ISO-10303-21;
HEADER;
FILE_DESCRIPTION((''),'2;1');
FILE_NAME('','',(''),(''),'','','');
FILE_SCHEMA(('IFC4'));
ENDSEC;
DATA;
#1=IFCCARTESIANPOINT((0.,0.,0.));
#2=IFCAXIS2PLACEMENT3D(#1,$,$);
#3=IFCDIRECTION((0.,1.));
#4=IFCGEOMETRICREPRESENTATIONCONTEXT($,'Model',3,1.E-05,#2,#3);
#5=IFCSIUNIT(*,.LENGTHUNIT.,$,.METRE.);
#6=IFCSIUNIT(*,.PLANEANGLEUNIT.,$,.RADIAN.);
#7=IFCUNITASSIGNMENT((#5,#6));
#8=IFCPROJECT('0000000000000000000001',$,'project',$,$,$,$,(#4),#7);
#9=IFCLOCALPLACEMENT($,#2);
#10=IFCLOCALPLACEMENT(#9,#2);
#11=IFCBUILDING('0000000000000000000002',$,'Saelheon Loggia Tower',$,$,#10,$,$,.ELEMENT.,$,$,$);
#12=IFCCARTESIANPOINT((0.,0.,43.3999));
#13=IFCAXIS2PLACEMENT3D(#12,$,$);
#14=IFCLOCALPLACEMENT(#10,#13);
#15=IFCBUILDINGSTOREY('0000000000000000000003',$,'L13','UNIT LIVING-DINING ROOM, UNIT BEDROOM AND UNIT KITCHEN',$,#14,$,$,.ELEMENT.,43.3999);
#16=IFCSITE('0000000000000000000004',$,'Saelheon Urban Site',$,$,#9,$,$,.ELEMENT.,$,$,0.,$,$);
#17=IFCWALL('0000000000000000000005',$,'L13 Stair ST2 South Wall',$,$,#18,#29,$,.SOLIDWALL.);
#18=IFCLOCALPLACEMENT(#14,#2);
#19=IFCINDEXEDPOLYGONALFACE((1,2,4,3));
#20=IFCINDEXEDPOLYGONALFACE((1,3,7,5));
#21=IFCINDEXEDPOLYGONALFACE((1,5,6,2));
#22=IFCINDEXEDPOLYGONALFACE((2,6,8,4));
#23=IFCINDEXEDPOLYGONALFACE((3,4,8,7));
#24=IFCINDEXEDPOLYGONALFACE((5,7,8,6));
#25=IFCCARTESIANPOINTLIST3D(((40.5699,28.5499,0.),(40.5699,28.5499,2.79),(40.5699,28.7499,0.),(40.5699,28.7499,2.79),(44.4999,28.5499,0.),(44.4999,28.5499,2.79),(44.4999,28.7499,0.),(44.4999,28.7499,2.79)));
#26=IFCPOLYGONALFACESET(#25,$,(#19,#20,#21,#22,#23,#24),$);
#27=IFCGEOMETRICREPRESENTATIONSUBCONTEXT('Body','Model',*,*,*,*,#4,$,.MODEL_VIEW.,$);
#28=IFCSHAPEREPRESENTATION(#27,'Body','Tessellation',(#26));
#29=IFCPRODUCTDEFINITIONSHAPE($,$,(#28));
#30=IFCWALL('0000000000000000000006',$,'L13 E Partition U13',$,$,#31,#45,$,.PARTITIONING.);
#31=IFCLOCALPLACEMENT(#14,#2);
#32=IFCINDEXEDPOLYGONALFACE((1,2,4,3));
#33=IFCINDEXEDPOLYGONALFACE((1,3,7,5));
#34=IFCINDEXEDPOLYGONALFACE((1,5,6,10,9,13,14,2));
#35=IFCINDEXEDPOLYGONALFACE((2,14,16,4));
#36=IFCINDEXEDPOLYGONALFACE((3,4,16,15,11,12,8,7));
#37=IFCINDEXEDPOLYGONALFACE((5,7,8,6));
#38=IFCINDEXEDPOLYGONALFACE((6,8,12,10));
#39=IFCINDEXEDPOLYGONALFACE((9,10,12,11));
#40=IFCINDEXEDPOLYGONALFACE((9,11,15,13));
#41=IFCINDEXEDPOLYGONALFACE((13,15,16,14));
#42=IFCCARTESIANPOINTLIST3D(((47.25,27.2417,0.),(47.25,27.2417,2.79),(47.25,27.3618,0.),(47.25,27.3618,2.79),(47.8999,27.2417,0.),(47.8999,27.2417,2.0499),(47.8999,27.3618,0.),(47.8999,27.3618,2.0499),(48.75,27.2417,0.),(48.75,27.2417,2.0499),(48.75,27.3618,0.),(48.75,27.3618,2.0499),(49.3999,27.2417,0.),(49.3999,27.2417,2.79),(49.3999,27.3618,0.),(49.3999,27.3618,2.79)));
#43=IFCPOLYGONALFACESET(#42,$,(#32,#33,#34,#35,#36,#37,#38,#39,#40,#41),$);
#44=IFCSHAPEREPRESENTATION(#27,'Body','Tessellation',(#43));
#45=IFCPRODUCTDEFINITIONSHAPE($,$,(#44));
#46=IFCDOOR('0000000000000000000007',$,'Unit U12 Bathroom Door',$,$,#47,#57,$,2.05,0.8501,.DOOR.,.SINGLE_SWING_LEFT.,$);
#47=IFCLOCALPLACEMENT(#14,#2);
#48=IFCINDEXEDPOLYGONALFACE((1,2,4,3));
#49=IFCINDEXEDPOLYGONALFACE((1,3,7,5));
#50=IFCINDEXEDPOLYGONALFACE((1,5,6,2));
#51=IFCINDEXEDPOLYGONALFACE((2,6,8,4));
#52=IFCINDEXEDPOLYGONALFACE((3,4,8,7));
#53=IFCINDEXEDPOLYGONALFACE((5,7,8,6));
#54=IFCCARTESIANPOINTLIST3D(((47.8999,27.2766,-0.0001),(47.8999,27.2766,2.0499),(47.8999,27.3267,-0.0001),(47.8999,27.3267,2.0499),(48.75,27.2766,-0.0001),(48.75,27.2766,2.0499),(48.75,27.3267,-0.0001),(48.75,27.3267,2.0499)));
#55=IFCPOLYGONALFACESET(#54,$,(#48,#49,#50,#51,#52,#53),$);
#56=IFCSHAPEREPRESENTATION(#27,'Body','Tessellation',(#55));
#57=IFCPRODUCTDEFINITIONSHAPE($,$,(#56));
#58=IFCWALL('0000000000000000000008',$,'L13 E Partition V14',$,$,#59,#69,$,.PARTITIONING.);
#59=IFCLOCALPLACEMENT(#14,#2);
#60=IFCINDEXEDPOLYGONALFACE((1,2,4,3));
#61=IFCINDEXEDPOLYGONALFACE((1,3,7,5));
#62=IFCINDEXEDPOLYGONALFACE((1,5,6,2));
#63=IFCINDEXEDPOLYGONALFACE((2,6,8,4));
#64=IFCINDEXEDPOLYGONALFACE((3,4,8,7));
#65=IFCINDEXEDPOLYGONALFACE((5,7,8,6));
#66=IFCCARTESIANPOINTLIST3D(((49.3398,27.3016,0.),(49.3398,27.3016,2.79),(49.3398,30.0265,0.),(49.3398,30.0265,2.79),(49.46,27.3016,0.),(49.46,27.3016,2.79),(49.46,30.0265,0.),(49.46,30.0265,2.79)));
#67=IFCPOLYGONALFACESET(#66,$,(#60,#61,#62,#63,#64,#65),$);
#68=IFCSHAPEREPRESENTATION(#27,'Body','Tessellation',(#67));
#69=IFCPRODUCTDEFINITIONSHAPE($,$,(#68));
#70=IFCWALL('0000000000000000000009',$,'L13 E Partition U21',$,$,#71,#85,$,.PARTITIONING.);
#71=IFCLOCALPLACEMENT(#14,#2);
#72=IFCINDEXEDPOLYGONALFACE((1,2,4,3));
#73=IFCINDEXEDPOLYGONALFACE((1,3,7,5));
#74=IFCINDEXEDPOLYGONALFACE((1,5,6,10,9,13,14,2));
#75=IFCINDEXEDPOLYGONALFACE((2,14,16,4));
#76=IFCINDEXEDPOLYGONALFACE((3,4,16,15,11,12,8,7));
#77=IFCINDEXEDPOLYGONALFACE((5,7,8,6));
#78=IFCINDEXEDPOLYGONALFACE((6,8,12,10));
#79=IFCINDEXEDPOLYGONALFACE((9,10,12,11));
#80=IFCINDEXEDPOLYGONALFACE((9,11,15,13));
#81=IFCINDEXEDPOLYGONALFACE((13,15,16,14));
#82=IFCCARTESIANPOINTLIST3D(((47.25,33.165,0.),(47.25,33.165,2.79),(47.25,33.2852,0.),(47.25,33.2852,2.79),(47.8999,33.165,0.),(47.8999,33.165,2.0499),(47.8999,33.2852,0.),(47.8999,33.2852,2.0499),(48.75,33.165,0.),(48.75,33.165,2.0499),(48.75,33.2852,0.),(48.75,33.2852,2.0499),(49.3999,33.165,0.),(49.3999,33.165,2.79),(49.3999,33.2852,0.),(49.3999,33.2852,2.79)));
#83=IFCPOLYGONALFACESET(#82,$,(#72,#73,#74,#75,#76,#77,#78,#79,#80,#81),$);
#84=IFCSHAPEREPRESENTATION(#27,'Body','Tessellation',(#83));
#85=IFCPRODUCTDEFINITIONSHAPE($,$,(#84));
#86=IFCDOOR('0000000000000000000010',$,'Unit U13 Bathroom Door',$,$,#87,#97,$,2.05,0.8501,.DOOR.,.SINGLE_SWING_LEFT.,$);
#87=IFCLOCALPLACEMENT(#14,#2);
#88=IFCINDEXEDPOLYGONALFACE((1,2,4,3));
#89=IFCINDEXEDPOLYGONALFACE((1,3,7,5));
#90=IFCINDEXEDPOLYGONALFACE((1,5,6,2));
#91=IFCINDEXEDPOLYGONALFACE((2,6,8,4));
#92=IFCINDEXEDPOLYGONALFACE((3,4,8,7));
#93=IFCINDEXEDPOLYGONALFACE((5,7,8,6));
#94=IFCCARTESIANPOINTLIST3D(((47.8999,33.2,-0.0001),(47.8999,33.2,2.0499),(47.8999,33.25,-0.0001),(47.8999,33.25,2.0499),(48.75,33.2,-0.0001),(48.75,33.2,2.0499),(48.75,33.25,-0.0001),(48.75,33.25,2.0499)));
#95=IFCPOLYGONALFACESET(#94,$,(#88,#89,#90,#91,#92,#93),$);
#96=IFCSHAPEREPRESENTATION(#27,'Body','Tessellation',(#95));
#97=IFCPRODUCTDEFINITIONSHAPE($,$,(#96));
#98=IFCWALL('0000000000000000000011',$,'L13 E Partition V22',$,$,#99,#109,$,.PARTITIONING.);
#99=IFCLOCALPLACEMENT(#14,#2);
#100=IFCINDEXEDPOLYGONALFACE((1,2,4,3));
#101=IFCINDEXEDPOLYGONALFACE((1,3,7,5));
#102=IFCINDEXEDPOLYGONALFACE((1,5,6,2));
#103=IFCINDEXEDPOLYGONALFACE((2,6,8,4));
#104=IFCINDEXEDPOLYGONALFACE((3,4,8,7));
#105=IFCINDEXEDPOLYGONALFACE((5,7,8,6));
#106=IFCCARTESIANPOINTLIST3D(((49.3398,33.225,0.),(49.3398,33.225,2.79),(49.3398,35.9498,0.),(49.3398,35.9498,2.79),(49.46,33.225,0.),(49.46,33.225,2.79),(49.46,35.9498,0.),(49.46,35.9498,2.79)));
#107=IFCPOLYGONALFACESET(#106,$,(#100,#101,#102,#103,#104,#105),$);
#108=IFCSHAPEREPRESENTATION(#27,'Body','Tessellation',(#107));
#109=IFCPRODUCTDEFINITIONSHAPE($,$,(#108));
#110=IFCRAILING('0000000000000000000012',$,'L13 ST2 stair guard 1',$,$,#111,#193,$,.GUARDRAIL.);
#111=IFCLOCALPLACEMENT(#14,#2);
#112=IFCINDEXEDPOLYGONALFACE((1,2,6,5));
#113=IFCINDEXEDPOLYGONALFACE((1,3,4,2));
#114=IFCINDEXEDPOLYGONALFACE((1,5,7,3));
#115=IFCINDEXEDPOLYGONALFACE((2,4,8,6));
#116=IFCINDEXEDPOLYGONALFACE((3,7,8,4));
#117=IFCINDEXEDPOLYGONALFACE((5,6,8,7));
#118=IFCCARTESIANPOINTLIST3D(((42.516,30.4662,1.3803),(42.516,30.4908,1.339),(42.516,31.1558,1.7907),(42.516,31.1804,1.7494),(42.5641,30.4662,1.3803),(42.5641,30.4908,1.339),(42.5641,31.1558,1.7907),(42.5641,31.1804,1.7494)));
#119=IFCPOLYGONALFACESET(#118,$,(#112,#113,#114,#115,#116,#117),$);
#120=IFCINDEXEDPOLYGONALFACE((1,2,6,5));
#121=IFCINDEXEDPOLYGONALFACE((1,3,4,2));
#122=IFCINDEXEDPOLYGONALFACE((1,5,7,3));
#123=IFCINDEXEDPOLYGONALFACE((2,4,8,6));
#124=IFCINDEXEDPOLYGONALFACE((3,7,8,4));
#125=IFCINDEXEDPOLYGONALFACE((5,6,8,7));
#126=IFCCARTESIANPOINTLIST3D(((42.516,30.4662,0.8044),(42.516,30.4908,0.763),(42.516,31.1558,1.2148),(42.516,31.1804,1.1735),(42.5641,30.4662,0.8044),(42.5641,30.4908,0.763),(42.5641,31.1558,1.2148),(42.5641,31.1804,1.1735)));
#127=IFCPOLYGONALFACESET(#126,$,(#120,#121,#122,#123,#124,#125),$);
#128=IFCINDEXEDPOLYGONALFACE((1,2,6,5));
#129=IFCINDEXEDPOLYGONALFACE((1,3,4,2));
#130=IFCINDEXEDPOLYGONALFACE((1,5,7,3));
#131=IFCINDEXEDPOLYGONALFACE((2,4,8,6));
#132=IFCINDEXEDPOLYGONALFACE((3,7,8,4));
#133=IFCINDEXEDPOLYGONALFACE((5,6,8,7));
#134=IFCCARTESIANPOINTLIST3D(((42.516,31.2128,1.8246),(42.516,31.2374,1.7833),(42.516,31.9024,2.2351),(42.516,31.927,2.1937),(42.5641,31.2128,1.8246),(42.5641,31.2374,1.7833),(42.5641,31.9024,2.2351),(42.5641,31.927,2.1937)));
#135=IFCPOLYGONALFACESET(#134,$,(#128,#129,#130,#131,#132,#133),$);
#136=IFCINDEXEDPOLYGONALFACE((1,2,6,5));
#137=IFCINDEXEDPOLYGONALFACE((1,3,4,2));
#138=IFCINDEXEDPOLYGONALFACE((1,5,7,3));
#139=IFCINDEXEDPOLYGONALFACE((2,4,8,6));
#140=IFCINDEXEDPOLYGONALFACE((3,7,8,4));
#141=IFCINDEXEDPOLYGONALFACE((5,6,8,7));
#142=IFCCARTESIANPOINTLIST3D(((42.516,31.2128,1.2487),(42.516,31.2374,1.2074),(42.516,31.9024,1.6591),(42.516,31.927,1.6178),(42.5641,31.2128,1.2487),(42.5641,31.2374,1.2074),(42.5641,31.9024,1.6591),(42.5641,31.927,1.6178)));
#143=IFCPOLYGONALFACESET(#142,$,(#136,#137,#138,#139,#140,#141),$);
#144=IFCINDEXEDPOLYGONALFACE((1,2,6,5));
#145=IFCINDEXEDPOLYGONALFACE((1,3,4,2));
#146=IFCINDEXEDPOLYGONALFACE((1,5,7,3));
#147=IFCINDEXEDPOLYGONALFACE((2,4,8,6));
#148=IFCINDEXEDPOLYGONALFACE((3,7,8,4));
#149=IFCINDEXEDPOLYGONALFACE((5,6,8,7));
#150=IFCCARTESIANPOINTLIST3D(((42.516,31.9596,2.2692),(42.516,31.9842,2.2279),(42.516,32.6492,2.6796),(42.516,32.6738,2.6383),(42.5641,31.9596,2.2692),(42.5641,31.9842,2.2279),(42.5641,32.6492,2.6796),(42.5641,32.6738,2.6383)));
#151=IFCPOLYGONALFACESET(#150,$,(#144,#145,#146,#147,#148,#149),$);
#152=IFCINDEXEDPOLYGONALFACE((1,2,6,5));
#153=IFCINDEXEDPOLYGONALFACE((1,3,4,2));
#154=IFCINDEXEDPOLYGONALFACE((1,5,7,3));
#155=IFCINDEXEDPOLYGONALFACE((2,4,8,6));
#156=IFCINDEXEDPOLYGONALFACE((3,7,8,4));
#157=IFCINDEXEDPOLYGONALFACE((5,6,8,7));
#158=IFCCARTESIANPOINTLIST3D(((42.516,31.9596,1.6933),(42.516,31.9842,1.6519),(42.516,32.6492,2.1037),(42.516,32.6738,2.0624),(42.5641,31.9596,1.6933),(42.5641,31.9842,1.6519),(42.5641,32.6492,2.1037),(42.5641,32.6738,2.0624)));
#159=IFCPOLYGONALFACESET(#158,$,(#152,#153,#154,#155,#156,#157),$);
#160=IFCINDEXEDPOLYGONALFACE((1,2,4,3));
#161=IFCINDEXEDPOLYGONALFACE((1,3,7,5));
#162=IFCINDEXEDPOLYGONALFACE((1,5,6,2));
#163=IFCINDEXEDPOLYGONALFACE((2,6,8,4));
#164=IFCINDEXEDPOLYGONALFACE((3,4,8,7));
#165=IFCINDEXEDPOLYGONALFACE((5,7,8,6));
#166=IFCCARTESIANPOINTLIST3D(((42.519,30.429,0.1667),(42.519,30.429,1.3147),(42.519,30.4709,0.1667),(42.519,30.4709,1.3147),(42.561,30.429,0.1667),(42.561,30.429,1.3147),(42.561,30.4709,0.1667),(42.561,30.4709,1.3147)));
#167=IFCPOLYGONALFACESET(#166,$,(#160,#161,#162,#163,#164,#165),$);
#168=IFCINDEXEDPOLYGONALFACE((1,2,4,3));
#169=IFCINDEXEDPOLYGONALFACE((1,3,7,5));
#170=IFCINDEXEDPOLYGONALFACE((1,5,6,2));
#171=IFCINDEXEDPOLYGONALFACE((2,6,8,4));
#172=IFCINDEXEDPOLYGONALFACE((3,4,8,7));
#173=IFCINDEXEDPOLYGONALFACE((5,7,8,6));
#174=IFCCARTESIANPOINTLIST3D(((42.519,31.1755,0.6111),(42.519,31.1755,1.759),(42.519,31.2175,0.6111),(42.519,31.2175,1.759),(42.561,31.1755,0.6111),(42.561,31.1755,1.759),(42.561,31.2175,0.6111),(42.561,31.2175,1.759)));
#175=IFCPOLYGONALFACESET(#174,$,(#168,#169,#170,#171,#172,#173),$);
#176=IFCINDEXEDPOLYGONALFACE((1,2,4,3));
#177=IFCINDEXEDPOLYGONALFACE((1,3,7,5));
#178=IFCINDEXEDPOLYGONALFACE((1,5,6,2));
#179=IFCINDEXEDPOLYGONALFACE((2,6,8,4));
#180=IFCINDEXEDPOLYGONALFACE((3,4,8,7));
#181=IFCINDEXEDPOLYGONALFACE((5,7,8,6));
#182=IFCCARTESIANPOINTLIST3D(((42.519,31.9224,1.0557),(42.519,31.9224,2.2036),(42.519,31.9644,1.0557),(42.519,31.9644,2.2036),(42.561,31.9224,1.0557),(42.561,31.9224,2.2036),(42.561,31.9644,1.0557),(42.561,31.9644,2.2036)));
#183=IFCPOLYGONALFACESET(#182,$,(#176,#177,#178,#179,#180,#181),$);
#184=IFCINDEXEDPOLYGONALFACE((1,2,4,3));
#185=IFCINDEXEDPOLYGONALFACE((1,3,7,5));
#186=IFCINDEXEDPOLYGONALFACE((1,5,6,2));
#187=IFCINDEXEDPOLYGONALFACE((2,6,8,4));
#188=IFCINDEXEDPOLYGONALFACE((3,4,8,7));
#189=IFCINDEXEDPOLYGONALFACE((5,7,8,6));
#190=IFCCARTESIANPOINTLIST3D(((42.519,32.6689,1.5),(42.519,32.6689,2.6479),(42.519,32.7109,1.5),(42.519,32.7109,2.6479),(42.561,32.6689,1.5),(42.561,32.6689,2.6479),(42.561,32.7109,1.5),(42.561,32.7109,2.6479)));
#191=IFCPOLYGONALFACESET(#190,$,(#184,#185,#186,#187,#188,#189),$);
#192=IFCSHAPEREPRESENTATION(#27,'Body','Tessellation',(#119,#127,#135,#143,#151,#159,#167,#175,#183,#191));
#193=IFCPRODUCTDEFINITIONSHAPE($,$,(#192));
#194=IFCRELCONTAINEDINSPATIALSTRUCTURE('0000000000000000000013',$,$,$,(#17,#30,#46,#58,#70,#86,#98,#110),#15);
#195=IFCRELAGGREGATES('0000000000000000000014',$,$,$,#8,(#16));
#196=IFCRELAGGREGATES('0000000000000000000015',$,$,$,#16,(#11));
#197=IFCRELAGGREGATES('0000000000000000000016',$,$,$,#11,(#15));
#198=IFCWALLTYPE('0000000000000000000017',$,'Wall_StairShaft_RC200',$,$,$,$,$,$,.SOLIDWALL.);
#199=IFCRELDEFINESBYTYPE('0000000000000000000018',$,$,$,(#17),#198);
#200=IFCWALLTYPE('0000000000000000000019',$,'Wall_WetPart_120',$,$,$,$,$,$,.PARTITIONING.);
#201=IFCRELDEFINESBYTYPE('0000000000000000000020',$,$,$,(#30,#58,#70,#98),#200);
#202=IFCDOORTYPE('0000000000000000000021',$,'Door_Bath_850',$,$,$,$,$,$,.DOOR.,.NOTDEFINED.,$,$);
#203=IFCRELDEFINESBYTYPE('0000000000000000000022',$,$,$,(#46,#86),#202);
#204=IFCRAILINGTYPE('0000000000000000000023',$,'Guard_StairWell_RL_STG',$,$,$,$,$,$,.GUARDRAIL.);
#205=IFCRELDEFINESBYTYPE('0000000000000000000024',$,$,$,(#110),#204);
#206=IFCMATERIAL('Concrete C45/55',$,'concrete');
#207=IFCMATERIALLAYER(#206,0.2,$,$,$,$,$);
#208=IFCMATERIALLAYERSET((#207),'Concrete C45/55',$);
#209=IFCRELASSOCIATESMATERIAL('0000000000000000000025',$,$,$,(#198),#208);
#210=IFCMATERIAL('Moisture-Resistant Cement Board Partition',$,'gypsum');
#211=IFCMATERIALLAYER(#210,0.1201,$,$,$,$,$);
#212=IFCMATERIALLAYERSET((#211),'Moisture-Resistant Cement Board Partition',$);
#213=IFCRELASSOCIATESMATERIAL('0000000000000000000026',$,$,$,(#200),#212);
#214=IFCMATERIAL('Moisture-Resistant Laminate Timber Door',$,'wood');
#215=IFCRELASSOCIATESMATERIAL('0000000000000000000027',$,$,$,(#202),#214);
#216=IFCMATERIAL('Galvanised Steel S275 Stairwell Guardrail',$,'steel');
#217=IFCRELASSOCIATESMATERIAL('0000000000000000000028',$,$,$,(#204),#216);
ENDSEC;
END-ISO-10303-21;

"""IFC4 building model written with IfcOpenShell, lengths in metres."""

from ifc_helpers import new_model, si_unit, direction, frame, frame_2d, origin, origin_2d, place, context, subcontext, project, spatial, rectangle, extrude, source, transform, mapped, material, layer, layer_set, type_object, element, fill, save


model = new_model("IFC4")

# Units and contexts
model_context = context("Model", 3, precision=1e-05, world=origin(), true_north=direction((0.0, 1.0)))
body_context = subcontext(model_context, "Body", "Model", "MODEL_VIEW")
ifc_project = project(units=[si_unit("LENGTHUNIT", "METRE"), si_unit("PLANEANGLEUNIT", "RADIAN")], contexts=[model_context])

# Site, building, storey
site_placement = place(None, origin())
site = spatial("IfcSite", under=ifc_project, at=site_placement, Name="Saelheon Urban Site", CompositionType="ELEMENT", RefElevation=0.0)
building_placement = place(site_placement, origin())
building = spatial("IfcBuilding", under=site, at=building_placement, Name="Saelheon Loggia Tower", CompositionType="ELEMENT")
storey_placement = place(building_placement, frame((0.0, 0.0, 43.3999)))
storey = spatial("IfcBuildingStorey", under=building, at=storey_placement, Name="L13", Description="UNIT LIVING-DINING ROOM, UNIT BEDROOM AND UNIT KITCHEN", CompositionType="ELEMENT", Elevation=43.3999)

# Wall
ifc_material_1 = material(Name="Concrete C45/55", Category="concrete")
ifc_layer_1 = layer(ifc_material_1, 0.2)
ifc_layer_set_1 = layer_set([ifc_layer_1], Name="Concrete C45/55")
wall_type_1 = type_object("IfcWallType", Name="Wall_StairShaft_RC200", PredefinedType="SOLIDWALL", material=ifc_layer_set_1)
wall_1_placement = place(storey_placement, frame((40.5701, 28.6499, 0.0), z_axis=(0.0, 0.0, 1.0), x_axis=(1.0, 0.0, 0.0)))
element("IfcWall", 1, at=wall_1_placement, inside=storey, type_object=wall_type_1, Name="L13 Stair ST2 South Wall", PredefinedType="SOLIDWALL", context=body_context, shape_type="SweptSolid", body=[
    extrude(rectangle(XDim=3.9299, YDim=0.2, at=frame_2d((1.9648, 0.0))), origin(), (0.0, 0.0, 1.0), 2.79),
])

# Wall, opening, door
ifc_material_2 = material(Name="Moisture-Resistant Cement Board Partition", Category="gypsum")
ifc_layer_2 = layer(ifc_material_2, 0.1201)
ifc_layer_set_2 = layer_set([ifc_layer_2], Name="Moisture-Resistant Cement Board Partition")
wall_type_2 = type_object("IfcWallType", Name="Wall_WetPart_120", PredefinedType="PARTITIONING", material=ifc_layer_set_2)
wall_2_placement = place(storey_placement, frame((47.25, 27.3018, 0.0), z_axis=(0.0, 0.0, 1.0), x_axis=(1.0, 0.0, 0.0)))
wall_2 = element("IfcWall", 2, at=wall_2_placement, inside=storey, type_object=wall_type_2, Name="L13 E Partition U13", PredefinedType="PARTITIONING", context=body_context, shape_type="SweptSolid", body=[
    extrude(rectangle(XDim=2.1499, YDim=0.1201, at=frame_2d((1.075, 0.0))), origin(), (0.0, 0.0, 1.0), 2.79),
])
opening_1_placement = place(wall_2_placement, frame((0.6499, 0.0, 0.0)))
opening_1 = element("IfcOpeningElement", 3, at=opening_1_placement, cuts=wall_2, PredefinedType="OPENING", context=body_context, shape_type="SweptSolid", body=[
    extrude(rectangle(XDim=0.8501, YDim=2.05, at=frame_2d((0.425, 1.0249))), frame((0.0, 0.072, 0.0), z_axis=(0.0, -1.0, 0.0), x_axis=(1.0, 0.0, 0.0)), (0.0, 0.0, 1.0), 0.144),
])
ifc_material_3 = material(Name="Moisture-Resistant Laminate Timber Door", Category="wood")
door_type_1 = type_object("IfcDoorType", Name="Door_Bath_850", OperationType="NOTDEFINED", PredefinedType="DOOR", material=ifc_material_3)
shared_shape_1 = source(origin(), body_context, "Body", "SweptSolid", [
    extrude(rectangle(XDim=0.8501, YDim=2.05, at=frame_2d((0.425, 1.0249))), frame((0.0, 0.0249, 0.0), z_axis=(0.0, -1.0, 0.0), x_axis=(1.0, 0.0, 0.0)), (0.0, 0.0, 1.0), 0.05),
])
door_1_placement = place(opening_1_placement, origin())
door_1 = element("IfcDoor", 4, at=door_1_placement, inside=storey, type_object=door_type_1, Name="Unit U12 Bathroom Door", OperationType="SINGLE_SWING_LEFT", OverallHeight=2.05, OverallWidth=0.8501, PredefinedType="DOOR", context=body_context, shape_type="MappedRepresentation", body=[
    mapped(shared_shape_1, transform((0.0, 0.0, 0.0), scale=1.0)),
])
fill(opening_1, door_1)

# Wall
wall_3_placement = place(storey_placement, frame((49.3999, 27.3018, 0.0), z_axis=(0.0, 0.0, 1.0), x_axis=(0.0, 1.0, 0.0)))
element("IfcWall", 5, at=wall_3_placement, inside=storey, type_object=wall_type_2, Name="L13 E Partition V14", PredefinedType="PARTITIONING", context=body_context, shape_type="SweptSolid", body=[
    extrude(rectangle(XDim=2.7249, YDim=0.1201, at=frame_2d((1.3623, 0.0))), origin(), (0.0, 0.0, 1.0), 2.79),
])

# Wall, opening, door
wall_4_placement = place(storey_placement, frame((47.25, 33.2251, 0.0), z_axis=(0.0, 0.0, 1.0), x_axis=(1.0, 0.0, 0.0)))
wall_4 = element("IfcWall", 6, at=wall_4_placement, inside=storey, type_object=wall_type_2, Name="L13 E Partition U21", PredefinedType="PARTITIONING", context=body_context, shape_type="SweptSolid", body=[
    extrude(rectangle(XDim=2.1499, YDim=0.1201, at=frame_2d((1.075, 0.0))), origin(), (0.0, 0.0, 1.0), 2.79),
])
opening_2_placement = place(wall_4_placement, frame((0.6499, 0.0, 0.0)))
opening_2 = element("IfcOpeningElement", 7, at=opening_2_placement, cuts=wall_4, PredefinedType="OPENING", context=body_context, shape_type="SweptSolid", body=[
    extrude(rectangle(XDim=0.8501, YDim=2.05, at=frame_2d((0.425, 1.0249))), frame((0.0, 0.072, 0.0), z_axis=(0.0, -1.0, 0.0), x_axis=(1.0, 0.0, 0.0)), (0.0, 0.0, 1.0), 0.144),
])
door_2_placement = place(opening_2_placement, origin())
door_2 = element("IfcDoor", 8, at=door_2_placement, inside=storey, type_object=door_type_1, Name="Unit U13 Bathroom Door", OperationType="SINGLE_SWING_LEFT", OverallHeight=2.05, OverallWidth=0.8501, PredefinedType="DOOR", context=body_context, shape_type="MappedRepresentation", body=[
    mapped(shared_shape_1, transform((0.0, 0.0, 0.0), scale=1.0)),
])
fill(opening_2, door_2)

# Wall
wall_5_placement = place(storey_placement, frame((49.3999, 33.2251, 0.0), z_axis=(0.0, 0.0, 1.0), x_axis=(0.0, 1.0, 0.0)))
element("IfcWall", 9, at=wall_5_placement, inside=storey, type_object=wall_type_2, Name="L13 E Partition V22", PredefinedType="PARTITIONING", context=body_context, shape_type="SweptSolid", body=[
    extrude(rectangle(XDim=2.7249, YDim=0.1201, at=frame_2d((1.3623, 0.0))), origin(), (0.0, 0.0, 1.0), 2.79),
])

# Railing
ifc_material_4 = material(Name="Galvanised Steel S275 Stairwell Guardrail", Category="steel")
railing_type_1 = type_object("IfcRailingType", Name="Guard_StairWell_RL_STG", PredefinedType="GUARDRAIL", material=ifc_material_4)
railing_1_placement = place(storey_placement, frame((42.54, 30.45, 0.1667)))
element("IfcRailing", 10, at=railing_1_placement, inside=storey, type_object=railing_type_1, Name="L13 ST2 stair guard 1", PredefinedType="GUARDRAIL", context=body_context, shape_type="SweptSolid", body=[
    extrude(rectangle(XDim=0.0481, YDim=0.0481, at=origin_2d()), frame((0.0, 0.0286, 1.1929), z_axis=(0.0, 0.859306, 0.511462), x_axis=(-1.0, 0.0, 0.0)), (0.0, 0.0, 1.0), 0.8025),
    extrude(rectangle(XDim=0.0481, YDim=0.0481, at=origin_2d()), frame((0.0, 0.0286, 0.6169), z_axis=(0.0, 0.859306, 0.511462), x_axis=(-1.0, 0.0, 0.0)), (0.0, 0.0, 1.0), 0.8025),
    extrude(rectangle(XDim=0.0481, YDim=0.0481, at=origin_2d()), frame((0.0, 0.7751, 1.6372), z_axis=(0.0, 0.859306, 0.511462), x_axis=(-1.0, 0.0, 0.0)), (0.0, 0.0, 1.0), 0.8025),
    extrude(rectangle(XDim=0.0481, YDim=0.0481, at=origin_2d()), frame((0.0, 0.7751, 1.0613), z_axis=(0.0, 0.859306, 0.511462), x_axis=(-1.0, 0.0, 0.0)), (0.0, 0.0, 1.0), 0.8025),
    extrude(rectangle(XDim=0.0481, YDim=0.0481, at=origin_2d()), frame((0.0, 1.522, 2.0818), z_axis=(0.0, 0.859306, 0.511462), x_axis=(-1.0, 0.0, 0.0)), (0.0, 0.0, 1.0), 0.8025),
    extrude(rectangle(XDim=0.0481, YDim=0.0481, at=origin_2d()), frame((0.0, 1.522, 1.5059), z_axis=(0.0, 0.859306, 0.511462), x_axis=(-1.0, 0.0, 0.0)), (0.0, 0.0, 1.0), 0.8025),
    extrude(rectangle(XDim=0.042, YDim=0.042, at=origin_2d()), origin(), (0.0, 0.0, 1.0), 1.1479),
    extrude(rectangle(XDim=0.042, YDim=0.042, at=origin_2d()), frame((0.0, 0.7466, 0.4443)), (0.0, 0.0, 1.0), 1.1479),
    extrude(rectangle(XDim=0.042, YDim=0.042, at=origin_2d()), frame((0.0, 1.4934, 0.8889)), (0.0, 0.0, 1.0), 1.1479),
    extrude(rectangle(XDim=0.042, YDim=0.042, at=origin_2d()), frame((0.0, 2.24, 1.3333)), (0.0, 0.0, 1.0), 1.1479),
])

save(model, "model.ifc")
